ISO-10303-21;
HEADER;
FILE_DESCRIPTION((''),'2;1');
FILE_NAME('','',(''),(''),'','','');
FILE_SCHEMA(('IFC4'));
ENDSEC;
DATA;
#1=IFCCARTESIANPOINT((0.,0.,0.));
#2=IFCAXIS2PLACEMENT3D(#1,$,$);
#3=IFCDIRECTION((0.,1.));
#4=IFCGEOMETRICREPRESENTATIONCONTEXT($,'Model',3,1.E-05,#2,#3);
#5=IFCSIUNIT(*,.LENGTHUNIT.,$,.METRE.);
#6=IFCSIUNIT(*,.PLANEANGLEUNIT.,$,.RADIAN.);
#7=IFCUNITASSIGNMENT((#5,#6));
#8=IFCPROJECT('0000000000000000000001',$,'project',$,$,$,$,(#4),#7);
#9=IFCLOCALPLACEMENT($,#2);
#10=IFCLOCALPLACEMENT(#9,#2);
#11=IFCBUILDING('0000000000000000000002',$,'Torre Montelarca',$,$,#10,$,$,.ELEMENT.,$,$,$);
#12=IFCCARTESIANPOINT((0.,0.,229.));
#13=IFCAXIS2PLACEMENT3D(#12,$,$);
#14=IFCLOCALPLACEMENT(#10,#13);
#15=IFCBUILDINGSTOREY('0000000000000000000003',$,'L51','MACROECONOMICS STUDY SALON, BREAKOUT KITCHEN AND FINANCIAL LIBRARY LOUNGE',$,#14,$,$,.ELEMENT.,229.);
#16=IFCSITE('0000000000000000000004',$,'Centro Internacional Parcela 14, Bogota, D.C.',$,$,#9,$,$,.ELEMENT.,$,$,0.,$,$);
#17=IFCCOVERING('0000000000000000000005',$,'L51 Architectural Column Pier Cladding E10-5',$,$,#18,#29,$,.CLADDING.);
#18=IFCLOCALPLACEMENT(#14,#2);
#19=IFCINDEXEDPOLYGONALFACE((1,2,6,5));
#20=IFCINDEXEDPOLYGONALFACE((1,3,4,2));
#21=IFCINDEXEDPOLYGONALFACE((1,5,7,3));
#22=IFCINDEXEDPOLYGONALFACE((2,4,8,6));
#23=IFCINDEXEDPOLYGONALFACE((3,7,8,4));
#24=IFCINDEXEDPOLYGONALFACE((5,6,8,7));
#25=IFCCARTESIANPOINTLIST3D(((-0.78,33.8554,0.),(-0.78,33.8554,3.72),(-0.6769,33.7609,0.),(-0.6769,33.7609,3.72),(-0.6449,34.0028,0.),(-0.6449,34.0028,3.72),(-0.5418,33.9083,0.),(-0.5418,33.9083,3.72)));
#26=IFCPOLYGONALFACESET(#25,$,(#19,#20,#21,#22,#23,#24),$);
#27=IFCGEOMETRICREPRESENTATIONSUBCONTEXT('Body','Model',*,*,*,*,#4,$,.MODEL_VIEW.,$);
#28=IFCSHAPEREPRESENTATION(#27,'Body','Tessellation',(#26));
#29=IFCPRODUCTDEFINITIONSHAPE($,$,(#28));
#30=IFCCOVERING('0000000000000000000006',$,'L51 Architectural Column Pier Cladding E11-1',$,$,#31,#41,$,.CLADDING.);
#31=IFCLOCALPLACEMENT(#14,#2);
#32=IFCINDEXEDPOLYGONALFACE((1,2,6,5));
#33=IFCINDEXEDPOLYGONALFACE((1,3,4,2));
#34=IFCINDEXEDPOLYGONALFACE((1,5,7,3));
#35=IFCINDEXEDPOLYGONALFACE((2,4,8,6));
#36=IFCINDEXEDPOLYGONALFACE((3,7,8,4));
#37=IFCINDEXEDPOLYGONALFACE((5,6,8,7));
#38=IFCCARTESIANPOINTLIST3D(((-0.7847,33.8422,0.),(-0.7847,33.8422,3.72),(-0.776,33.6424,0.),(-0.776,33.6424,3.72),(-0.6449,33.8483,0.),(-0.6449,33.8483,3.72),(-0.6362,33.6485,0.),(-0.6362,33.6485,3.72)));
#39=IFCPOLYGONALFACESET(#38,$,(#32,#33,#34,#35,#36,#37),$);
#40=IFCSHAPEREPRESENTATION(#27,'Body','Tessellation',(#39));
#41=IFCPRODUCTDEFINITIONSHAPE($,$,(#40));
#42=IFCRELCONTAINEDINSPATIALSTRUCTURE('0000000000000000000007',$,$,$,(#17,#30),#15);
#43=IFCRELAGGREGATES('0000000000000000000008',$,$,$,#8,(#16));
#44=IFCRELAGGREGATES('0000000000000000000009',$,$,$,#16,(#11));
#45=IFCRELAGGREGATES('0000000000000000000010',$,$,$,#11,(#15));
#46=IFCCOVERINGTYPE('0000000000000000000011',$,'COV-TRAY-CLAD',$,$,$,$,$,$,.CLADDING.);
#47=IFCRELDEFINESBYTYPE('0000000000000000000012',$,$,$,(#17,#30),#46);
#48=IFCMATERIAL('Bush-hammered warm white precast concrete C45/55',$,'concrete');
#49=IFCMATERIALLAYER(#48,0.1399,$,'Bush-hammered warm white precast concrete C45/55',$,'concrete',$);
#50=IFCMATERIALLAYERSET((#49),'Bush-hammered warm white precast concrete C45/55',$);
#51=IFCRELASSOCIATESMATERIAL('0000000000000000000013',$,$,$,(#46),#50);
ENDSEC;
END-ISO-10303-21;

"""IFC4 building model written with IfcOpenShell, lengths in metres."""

from ifc_helpers import new_model, si_unit, direction, frame, origin, origin_2d, place, context, subcontext, project, spatial, rectangle, extrude, source, transform, mapped, material, layer, layer_set, type_object, element, save


model = new_model("IFC4")

# Units and contexts
model_context = context("Model", 3, precision=1e-05, world=origin(), true_north=direction((0.0, 1.0)))
body_context = subcontext(model_context, "Body", "Model", "MODEL_VIEW")
ifc_project = project(units=[si_unit("LENGTHUNIT", "METRE"), si_unit("PLANEANGLEUNIT", "RADIAN")], contexts=[model_context])

# Site, building, storey
site_placement = place(None, origin())
site = spatial("IfcSite", under=ifc_project, at=site_placement, Name="Centro Internacional Parcela 14, Bogota, D.C.", CompositionType="ELEMENT", RefElevation=0.0)
building_placement = place(site_placement, origin())
building = spatial("IfcBuilding", under=site, at=building_placement, Name="Torre Montelarca", CompositionType="ELEMENT")
storey_placement = place(building_placement, frame((0.0, 0.0, 229.0)))
storey = spatial("IfcBuildingStorey", under=building, at=storey_placement, Name="L51", Description="MACROECONOMICS STUDY SALON, BREAKOUT KITCHEN AND FINANCIAL LIBRARY LOUNGE", CompositionType="ELEMENT", Elevation=229.0)

# Coverings
ifc_material_1 = material(Name="Bush-hammered warm white precast concrete C45/55", Category="concrete")
ifc_layer_1 = layer(ifc_material_1, 0.1399, Name="Bush-hammered warm white precast concrete C45/55", Category="concrete")
ifc_layer_set_1 = layer_set([ifc_layer_1], Name="Bush-hammered warm white precast concrete C45/55")
covering_type = type_object("IfcCoveringType", Name="COV-TRAY-CLAD", PredefinedType="CLADDING", material=ifc_layer_set_1)
shared_shape_1 = source(origin(), body_context, "Body", "SweptSolid", [
    extrude(rectangle(XDim=0.2, YDim=0.1399, at=origin_2d()), origin(), (0.0, 0.0, 1.0), 3.72),
])
for number, where, z_axis, x_axis, name in (
    (1, (-0.6609, 33.8818, 0.0), (0.0, 0.0, 1.0), (-0.675589, -0.737279, 0.0), "L51 Architectural Column Pier Cladding E10-5"),
    (2, (-0.7104, 33.7454, 0.0), (0.0, 0.0, 1.0), (0.043628, -0.999048, 0.0), "L51 Architectural Column Pier Cladding E11-1"),
):
    element("IfcCovering", number, at=place(storey_placement, frame(where, z_axis=z_axis, x_axis=x_axis)), inside=storey, type_object=covering_type, Name=name, PredefinedType="CLADDING", context=body_context, shape_type="MappedRepresentation", body=[
        mapped(shared_shape_1, transform((0.0, 0.0, 0.0), scale=1.0)),
    ])

save(model, "model.ifc")
